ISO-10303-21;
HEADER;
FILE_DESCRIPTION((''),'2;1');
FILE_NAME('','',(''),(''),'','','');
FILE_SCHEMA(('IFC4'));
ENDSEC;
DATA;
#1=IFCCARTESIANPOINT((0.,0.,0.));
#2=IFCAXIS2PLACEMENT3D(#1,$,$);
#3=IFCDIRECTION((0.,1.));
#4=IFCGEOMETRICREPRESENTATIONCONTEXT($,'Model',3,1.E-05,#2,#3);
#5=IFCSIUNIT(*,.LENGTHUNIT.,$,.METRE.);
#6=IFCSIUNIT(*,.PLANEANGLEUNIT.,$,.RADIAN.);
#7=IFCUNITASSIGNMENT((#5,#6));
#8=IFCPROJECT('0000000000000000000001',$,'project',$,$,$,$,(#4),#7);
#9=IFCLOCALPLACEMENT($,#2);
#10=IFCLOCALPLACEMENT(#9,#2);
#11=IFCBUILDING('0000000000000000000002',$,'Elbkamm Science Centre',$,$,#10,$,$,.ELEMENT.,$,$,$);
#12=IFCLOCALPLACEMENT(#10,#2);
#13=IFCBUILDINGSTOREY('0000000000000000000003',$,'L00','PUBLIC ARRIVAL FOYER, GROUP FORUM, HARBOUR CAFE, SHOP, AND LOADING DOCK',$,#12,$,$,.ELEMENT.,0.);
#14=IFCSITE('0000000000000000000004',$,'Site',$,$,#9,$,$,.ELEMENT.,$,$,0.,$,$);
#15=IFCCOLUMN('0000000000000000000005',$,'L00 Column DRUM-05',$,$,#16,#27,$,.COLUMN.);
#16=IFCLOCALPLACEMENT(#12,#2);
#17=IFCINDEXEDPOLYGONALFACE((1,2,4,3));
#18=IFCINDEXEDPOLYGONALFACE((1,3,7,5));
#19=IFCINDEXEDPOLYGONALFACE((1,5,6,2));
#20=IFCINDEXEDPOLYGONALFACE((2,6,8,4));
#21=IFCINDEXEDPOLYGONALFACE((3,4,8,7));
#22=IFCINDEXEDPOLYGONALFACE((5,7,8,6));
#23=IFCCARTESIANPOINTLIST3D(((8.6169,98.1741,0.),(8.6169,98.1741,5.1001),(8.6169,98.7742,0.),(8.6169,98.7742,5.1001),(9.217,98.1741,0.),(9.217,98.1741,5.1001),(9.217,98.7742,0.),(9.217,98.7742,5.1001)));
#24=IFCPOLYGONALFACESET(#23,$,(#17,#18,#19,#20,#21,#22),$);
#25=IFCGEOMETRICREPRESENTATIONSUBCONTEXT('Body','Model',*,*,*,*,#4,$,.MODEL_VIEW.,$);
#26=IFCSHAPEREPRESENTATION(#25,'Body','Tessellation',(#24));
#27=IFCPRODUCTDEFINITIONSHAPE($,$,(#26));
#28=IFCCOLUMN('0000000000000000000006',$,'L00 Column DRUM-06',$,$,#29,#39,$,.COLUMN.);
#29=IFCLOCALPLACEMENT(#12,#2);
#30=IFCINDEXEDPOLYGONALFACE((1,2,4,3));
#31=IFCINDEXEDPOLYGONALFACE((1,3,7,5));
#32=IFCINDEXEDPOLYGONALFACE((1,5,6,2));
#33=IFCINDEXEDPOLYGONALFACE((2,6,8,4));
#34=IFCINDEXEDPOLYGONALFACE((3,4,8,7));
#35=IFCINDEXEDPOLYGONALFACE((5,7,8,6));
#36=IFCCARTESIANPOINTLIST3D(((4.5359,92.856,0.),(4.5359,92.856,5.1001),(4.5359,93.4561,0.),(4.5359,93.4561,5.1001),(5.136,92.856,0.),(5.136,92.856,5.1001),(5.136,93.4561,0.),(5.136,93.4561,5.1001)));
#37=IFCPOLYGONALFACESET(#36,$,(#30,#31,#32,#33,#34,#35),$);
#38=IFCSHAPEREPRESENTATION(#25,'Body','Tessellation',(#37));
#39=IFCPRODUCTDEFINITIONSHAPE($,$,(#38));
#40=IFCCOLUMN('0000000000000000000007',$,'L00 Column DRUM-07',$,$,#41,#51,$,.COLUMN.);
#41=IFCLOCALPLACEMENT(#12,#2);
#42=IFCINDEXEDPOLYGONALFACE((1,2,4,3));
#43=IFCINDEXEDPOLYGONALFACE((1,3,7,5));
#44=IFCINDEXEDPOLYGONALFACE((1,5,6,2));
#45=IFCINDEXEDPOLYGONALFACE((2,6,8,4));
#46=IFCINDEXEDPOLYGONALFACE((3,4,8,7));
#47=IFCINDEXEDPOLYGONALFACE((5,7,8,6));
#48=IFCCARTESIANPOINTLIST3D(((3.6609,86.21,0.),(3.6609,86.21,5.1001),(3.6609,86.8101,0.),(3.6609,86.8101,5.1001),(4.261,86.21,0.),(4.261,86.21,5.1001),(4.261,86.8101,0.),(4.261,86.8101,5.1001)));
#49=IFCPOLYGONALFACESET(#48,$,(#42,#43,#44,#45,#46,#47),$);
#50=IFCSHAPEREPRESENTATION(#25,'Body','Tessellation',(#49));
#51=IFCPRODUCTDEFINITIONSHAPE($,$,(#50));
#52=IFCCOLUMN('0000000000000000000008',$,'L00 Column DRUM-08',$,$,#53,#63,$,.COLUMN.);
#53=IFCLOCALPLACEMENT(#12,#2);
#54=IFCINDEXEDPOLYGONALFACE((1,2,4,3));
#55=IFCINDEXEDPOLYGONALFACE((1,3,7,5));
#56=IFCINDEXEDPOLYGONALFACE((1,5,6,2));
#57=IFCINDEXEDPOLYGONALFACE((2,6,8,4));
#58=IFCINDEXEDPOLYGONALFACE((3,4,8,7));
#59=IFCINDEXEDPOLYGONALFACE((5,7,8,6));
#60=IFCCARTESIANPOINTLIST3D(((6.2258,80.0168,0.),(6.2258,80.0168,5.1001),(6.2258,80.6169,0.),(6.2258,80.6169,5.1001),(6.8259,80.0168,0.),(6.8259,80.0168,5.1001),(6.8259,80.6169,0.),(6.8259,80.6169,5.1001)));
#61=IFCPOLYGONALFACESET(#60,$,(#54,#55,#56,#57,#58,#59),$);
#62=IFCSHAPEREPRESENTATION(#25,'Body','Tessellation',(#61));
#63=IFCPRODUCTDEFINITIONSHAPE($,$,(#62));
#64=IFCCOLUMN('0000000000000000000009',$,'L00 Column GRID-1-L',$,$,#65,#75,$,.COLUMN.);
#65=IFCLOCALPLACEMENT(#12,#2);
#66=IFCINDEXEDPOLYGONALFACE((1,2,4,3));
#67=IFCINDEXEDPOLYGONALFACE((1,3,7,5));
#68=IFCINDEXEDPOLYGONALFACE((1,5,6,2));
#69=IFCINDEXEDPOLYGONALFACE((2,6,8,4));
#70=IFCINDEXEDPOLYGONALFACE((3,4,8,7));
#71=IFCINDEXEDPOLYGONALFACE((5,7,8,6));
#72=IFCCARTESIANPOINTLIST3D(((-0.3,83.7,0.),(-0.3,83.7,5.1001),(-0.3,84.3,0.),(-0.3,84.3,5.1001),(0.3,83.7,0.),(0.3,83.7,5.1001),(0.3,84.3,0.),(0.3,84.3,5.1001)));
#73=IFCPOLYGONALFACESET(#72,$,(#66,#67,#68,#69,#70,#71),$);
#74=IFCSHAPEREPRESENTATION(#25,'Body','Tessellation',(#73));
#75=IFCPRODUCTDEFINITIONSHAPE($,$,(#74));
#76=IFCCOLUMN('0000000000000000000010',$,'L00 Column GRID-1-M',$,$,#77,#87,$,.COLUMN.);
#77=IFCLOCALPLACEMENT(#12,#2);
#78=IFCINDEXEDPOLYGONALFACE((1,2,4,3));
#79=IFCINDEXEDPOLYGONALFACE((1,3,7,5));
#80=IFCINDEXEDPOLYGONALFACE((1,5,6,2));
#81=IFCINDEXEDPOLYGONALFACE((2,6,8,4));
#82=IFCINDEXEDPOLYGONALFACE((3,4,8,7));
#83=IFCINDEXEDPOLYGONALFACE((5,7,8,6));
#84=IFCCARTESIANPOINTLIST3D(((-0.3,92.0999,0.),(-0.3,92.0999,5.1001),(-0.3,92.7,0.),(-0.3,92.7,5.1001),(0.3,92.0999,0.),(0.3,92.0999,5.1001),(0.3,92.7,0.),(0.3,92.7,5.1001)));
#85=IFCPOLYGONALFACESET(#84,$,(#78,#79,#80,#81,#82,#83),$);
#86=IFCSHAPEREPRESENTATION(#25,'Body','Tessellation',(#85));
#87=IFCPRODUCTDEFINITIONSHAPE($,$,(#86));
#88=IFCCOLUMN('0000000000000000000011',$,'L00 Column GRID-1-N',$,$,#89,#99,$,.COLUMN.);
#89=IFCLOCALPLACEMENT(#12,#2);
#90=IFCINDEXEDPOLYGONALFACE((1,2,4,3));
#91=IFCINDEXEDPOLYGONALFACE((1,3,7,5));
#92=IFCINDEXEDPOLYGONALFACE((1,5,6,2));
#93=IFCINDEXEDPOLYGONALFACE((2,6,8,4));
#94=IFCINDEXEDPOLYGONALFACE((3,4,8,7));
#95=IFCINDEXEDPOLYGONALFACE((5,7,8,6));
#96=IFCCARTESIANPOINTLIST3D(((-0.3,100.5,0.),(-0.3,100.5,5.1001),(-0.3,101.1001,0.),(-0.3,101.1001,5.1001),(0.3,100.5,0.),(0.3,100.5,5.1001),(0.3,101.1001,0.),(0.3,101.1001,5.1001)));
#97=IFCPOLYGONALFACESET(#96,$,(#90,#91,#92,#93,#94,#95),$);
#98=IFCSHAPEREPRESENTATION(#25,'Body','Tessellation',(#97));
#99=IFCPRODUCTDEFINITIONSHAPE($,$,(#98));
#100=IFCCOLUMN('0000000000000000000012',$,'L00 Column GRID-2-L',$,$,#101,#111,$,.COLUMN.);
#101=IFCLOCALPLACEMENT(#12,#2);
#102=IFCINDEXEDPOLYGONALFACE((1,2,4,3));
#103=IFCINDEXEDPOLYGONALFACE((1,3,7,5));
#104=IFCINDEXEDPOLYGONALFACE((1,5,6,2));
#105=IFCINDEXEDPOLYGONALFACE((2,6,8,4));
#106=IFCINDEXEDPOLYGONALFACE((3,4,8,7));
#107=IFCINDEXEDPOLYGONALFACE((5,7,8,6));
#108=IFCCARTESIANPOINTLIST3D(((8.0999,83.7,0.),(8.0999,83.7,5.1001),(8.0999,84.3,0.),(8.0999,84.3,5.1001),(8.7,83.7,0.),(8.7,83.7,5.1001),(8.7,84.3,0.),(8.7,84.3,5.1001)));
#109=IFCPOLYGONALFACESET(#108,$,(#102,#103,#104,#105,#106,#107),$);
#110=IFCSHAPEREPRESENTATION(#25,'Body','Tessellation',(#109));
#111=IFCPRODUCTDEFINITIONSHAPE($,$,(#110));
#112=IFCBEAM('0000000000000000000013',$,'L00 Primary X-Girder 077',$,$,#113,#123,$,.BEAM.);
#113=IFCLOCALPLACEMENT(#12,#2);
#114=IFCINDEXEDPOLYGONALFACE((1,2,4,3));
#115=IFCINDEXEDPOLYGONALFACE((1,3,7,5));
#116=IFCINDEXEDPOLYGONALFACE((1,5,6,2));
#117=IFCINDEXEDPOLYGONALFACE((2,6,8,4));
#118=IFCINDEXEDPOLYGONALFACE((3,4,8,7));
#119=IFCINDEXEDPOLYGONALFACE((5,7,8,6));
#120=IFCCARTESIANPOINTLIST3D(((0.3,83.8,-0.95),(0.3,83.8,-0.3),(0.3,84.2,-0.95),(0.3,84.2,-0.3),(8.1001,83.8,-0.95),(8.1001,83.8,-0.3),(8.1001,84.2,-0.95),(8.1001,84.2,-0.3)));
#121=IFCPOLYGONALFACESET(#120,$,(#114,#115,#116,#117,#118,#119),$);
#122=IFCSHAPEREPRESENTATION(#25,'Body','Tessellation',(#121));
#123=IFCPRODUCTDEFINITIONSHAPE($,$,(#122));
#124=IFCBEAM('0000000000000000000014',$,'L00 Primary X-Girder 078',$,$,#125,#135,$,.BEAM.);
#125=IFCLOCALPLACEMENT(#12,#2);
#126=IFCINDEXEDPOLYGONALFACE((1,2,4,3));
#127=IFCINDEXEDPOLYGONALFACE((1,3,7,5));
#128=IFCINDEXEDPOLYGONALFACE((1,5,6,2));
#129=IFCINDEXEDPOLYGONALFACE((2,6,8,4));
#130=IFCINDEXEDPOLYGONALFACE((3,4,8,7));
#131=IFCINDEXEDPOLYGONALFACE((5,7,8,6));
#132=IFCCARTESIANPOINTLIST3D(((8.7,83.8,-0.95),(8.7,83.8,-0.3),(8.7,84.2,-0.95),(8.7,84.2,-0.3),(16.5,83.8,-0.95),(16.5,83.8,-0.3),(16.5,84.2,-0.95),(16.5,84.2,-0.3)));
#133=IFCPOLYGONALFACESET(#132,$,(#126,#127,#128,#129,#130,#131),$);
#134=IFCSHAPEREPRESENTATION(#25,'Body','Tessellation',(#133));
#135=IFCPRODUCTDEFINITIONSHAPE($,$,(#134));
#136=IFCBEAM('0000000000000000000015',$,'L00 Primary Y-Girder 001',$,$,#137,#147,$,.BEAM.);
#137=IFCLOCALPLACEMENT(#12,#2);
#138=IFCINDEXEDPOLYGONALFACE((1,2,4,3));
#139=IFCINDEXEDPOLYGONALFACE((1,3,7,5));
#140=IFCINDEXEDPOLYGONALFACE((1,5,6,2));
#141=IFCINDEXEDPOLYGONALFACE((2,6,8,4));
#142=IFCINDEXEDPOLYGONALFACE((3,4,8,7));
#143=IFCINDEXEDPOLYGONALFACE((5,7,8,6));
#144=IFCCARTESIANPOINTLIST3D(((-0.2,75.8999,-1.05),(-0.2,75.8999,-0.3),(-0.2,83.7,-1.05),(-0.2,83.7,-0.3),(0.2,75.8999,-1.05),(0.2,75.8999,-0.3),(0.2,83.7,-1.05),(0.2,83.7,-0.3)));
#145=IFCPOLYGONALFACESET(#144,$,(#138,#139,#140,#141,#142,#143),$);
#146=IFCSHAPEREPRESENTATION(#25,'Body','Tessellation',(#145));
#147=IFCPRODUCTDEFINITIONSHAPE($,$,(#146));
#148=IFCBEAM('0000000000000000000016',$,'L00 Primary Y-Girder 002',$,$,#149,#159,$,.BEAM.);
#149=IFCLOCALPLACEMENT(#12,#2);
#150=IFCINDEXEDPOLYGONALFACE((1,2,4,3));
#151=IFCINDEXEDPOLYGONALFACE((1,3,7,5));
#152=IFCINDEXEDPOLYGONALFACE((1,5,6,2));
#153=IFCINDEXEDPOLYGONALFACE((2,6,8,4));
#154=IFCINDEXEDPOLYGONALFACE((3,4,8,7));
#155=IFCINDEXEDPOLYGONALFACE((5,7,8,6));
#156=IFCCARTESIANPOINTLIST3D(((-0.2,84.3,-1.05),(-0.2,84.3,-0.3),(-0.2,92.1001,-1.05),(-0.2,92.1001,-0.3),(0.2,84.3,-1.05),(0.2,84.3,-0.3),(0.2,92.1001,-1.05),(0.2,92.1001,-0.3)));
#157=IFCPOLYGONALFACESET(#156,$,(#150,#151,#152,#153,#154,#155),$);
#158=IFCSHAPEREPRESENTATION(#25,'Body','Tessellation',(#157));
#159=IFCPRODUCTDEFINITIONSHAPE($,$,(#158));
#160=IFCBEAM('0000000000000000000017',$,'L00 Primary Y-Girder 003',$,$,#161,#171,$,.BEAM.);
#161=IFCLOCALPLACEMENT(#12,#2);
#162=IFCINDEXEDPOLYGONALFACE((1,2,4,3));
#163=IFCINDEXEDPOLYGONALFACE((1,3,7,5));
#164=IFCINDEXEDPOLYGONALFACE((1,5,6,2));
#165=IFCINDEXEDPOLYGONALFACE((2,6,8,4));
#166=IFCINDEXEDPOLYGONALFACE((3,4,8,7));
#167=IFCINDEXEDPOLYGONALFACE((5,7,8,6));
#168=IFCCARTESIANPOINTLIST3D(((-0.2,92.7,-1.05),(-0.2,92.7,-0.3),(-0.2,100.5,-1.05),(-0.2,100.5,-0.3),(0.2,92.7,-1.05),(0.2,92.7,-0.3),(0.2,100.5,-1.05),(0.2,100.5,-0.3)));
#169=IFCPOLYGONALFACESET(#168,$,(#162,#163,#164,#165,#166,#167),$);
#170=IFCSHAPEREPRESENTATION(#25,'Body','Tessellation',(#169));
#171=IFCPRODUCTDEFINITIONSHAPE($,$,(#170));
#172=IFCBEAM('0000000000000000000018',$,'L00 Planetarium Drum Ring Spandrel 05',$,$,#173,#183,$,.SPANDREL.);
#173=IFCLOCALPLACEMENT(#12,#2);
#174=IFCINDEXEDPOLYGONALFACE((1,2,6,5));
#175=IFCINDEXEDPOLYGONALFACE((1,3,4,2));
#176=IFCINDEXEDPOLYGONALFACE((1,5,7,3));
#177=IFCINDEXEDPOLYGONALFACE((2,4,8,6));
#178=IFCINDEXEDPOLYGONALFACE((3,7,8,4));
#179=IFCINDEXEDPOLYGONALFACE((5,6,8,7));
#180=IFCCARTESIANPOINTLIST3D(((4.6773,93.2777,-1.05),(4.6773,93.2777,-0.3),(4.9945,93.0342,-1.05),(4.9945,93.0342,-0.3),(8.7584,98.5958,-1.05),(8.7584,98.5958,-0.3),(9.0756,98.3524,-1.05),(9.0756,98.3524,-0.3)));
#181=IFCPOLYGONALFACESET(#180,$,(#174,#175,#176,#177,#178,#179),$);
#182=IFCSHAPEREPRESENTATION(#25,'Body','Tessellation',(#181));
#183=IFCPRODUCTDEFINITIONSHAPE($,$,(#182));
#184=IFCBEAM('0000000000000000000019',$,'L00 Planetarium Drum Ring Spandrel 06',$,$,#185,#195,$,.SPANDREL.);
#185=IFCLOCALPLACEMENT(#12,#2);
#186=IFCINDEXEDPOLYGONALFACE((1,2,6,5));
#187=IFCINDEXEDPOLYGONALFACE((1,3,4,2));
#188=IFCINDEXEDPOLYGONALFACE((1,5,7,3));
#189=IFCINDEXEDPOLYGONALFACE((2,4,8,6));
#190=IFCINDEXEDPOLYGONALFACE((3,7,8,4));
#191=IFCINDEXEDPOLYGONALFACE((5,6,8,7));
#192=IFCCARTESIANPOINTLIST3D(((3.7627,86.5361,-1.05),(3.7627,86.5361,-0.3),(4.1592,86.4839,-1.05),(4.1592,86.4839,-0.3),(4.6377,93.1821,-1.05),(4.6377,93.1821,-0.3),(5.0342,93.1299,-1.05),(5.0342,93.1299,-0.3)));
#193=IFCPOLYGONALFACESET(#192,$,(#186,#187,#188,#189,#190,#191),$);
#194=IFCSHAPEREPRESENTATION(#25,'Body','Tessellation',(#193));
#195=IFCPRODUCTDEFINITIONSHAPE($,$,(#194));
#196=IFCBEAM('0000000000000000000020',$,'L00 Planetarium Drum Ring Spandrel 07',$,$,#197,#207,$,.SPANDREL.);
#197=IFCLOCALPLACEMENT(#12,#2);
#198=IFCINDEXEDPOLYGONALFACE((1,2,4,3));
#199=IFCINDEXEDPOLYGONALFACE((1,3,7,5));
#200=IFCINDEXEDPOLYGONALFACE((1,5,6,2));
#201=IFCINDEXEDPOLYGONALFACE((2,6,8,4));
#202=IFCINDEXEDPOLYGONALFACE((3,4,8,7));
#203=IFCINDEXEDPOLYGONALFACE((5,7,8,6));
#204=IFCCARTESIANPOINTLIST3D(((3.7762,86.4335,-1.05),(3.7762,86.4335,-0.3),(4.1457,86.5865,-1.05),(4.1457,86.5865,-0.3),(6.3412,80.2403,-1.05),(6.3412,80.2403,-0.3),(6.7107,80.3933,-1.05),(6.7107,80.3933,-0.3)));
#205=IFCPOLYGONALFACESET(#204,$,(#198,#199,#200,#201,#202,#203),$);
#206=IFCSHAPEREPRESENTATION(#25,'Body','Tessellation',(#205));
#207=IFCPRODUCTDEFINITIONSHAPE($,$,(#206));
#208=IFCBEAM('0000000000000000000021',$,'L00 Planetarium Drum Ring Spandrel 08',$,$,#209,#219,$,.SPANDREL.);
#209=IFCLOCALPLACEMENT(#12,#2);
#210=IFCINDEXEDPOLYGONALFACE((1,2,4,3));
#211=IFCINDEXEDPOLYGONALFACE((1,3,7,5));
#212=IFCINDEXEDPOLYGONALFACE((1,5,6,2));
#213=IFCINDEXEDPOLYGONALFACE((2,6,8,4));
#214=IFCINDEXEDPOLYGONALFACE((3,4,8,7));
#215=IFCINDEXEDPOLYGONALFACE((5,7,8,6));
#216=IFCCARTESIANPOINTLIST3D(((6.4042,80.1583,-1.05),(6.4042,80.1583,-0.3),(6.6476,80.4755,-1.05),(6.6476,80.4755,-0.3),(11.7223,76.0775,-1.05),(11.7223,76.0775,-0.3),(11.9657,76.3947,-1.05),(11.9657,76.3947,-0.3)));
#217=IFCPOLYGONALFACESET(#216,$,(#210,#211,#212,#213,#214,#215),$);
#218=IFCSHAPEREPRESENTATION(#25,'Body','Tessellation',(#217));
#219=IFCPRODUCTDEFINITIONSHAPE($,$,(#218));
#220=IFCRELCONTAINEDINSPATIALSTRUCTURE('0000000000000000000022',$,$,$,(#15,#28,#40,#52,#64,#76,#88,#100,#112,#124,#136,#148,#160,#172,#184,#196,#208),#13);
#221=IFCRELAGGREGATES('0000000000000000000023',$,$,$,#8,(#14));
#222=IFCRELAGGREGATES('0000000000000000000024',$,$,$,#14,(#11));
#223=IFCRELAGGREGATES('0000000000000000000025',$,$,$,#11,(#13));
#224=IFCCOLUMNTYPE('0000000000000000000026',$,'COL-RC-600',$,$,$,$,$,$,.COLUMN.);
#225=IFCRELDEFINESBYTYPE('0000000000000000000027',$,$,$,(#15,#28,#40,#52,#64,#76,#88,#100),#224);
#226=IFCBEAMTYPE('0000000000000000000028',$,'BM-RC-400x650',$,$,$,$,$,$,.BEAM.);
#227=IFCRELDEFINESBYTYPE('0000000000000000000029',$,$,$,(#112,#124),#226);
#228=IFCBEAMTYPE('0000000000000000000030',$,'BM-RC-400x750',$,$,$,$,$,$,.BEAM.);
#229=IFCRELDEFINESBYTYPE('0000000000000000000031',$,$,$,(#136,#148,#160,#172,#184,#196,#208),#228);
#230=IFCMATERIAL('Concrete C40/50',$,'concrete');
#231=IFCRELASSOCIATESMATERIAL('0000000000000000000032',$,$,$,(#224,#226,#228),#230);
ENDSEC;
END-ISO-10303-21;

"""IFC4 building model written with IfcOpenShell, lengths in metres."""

from ifc_helpers import new_model, si_unit, direction, frame, origin, origin_2d, place, context, subcontext, project, spatial, rectangle, extrude, material, material_profile, profile_set, type_object, element, save


model = new_model("IFC4")

# Units and contexts
model_context = context("Model", 3, precision=1e-05, world=origin(), true_north=direction((0.0, 1.0)))
body_context = subcontext(model_context, "Body", "Model", "MODEL_VIEW")
ifc_project = project(units=[si_unit("LENGTHUNIT", "METRE"), si_unit("PLANEANGLEUNIT", "RADIAN")], contexts=[model_context])

# Site, building, storey
site_placement = place(None, origin())
site = spatial("IfcSite", under=ifc_project, at=site_placement, Name="Site", CompositionType="ELEMENT", RefElevation=0.0)
building_placement = place(site_placement, origin())
building = spatial("IfcBuilding", under=site, at=building_placement, Name="Elbkamm Science Centre", CompositionType="ELEMENT")
storey_placement = place(building_placement, origin())
storey = spatial("IfcBuildingStorey", under=building, at=storey_placement, Name="L00", Description="PUBLIC ARRIVAL FOYER, GROUP FORUM, HARBOUR CAFE, SHOP, AND LOADING DOCK", CompositionType="ELEMENT", Elevation=0.0)

# Columns
ifc_material_1 = material(Name="Concrete C40/50", Category="concrete")
ifc_material_profile_1 = material_profile(ifc_material_1, rectangle(XDim=0.6001, YDim=0.6001, at=origin_2d()), Name="RC 600x600")
ifc_profile_set_1 = profile_set([ifc_material_profile_1], Name="Concrete C40/50")
column_type = type_object("IfcColumnType", Name="COL-RC-600", PredefinedType="COLUMN", material=ifc_profile_set_1)
for number, where, z_axis, x_axis, name in (
    (1, (8.917, 98.4741, 0.0), (0.0, 0.0, 1.0), (1.0, 0.0, 0.0), "L00 Column DRUM-05"),
    (2, (4.8359, 93.156, 0.0), (0.0, 0.0, 1.0), (1.0, 0.0, 0.0), "L00 Column DRUM-06"),
    (3, (3.9609, 86.51, 0.0), (0.0, 0.0, 1.0), (1.0, 0.0, 0.0), "L00 Column DRUM-07"),
    (4, (6.5259, 80.3169, 0.0), (0.0, 0.0, 1.0), (1.0, 0.0, 0.0), "L00 Column DRUM-08"),
    (5, (0.0, 84.0, 0.0), (0.0, 0.0, 1.0), (1.0, 0.0, 0.0), "L00 Column GRID-1-L"),
    (6, (0.0, 92.3999, 0.0), (0.0, 0.0, 1.0), (1.0, 0.0, 0.0), "L00 Column GRID-1-M"),
    (7, (0.0, 100.8, 0.0), (0.0, 0.0, 1.0), (1.0, 0.0, 0.0), "L00 Column GRID-1-N"),
    (8, (8.3999, 84.0, 0.0), (0.0, 0.0, 1.0), (1.0, 0.0, 0.0), "L00 Column GRID-2-L"),
):
    element("IfcColumn", number, at=place(storey_placement, frame(where, z_axis=z_axis, x_axis=x_axis)), inside=storey, type_object=column_type, Name=name, PredefinedType="COLUMN", context=body_context, shape_type="SweptSolid", body=[
        extrude(rectangle(XDim=0.6001, YDim=0.6001, at=origin_2d()), origin(), (0.0, 0.0, 1.0), 5.1001),
    ])

# Beams
ifc_material_profile_2 = material_profile(ifc_material_1, rectangle(XDim=0.3999, YDim=0.6499, at=origin_2d()), Name="RC 400x650")
ifc_profile_set_2 = profile_set([ifc_material_profile_2], Name="Concrete C40/50")
beam_type_1 = type_object("IfcBeamType", Name="BM-RC-400x650", PredefinedType="BEAM", material=ifc_profile_set_2)
for number, where, z_axis, x_axis, name in (
    (9, (0.3, 84.0, -0.625), (1.0, 0.0, 0.0), (0.0, 1.0, 0.0), "L00 Primary X-Girder 077"),
    (10, (8.7, 84.0, -0.625), (1.0, 0.0, 0.0), (0.0, 1.0, 0.0), "L00 Primary X-Girder 078"),
):
    element("IfcBeam", number, at=place(storey_placement, frame(where, z_axis=z_axis, x_axis=x_axis)), inside=storey, type_object=beam_type_1, Name=name, PredefinedType="BEAM", context=body_context, shape_type="SweptSolid", body=[
        extrude(rectangle(XDim=0.3999, YDim=0.6499, at=origin_2d()), origin(), (0.0, 0.0, 1.0), 7.8),
    ])
ifc_material_profile_3 = material_profile(ifc_material_1, rectangle(XDim=0.3999, YDim=0.75, at=origin_2d()), Name="RC 400x750")
ifc_profile_set_3 = profile_set([ifc_material_profile_3], Name="Concrete C40/50")
beam_type_2 = type_object("IfcBeamType", Name="BM-RC-400x750", PredefinedType="BEAM", material=ifc_profile_set_3)
for number, where, z_axis, x_axis, name in (
    (11, (0.0, 75.8999, -0.675), (0.0, 1.0, 0.0), (-1.0, 0.0, 0.0), "L00 Primary Y-Girder 001"),
    (12, (0.0, 84.3, -0.675), (0.0, 1.0, 0.0), (-1.0, 0.0, 0.0), "L00 Primary Y-Girder 002"),
    (13, (0.0, 92.7, -0.675), (0.0, 1.0, 0.0), (-1.0, 0.0, 0.0), "L00 Primary Y-Girder 003"),
):
    element("IfcBeam", number, at=place(storey_placement, frame(where, z_axis=z_axis, x_axis=x_axis)), inside=storey, type_object=beam_type_2, Name=name, PredefinedType="BEAM", context=body_context, shape_type="SweptSolid", body=[
        extrude(rectangle(XDim=0.3999, YDim=0.75, at=origin_2d()), origin(), (0.0, 0.0, 1.0), 7.8),
    ])
beam_placement = place(storey_placement, frame((8.917, 98.4741, -0.675), z_axis=(-0.608792, -0.79333, 0.0), x_axis=(0.79333, -0.608792, 0.0)))
element("IfcBeam", 14, at=beam_placement, inside=storey, type_object=beam_type_2, Name="L00 Planetarium Drum Ring Spandrel 05", PredefinedType="SPANDREL", context=body_context, shape_type="SweptSolid", body=[
    extrude(rectangle(XDim=0.3999, YDim=0.75, at=origin_2d()), origin(), (0.0, 0.0, 1.0), 6.7036),
])
for number, where, z_axis, x_axis, name in (
    (15, (4.8359, 93.156, -0.675), (-0.130532, -0.991444, 0.0), (0.991444, -0.130532, 0.0), "L00 Planetarium Drum Ring Spandrel 06"),
    (16, (3.9609, 86.51, -0.675), (0.382641, -0.923897, 0.0), (0.923897, 0.382641, 0.0), "L00 Planetarium Drum Ring Spandrel 07"),
    (17, (6.5259, 80.3169, -0.675), (0.793348, -0.608769, 0.0), (0.608769, 0.793348, 0.0), "L00 Planetarium Drum Ring Spandrel 08"),
):
    element("IfcBeam", number, at=place(storey_placement, frame(where, z_axis=z_axis, x_axis=x_axis)), inside=storey, type_object=beam_type_2, Name=name, PredefinedType="SPANDREL", context=body_context, shape_type="SweptSolid", body=[
        extrude(rectangle(XDim=0.3999, YDim=0.75, at=origin_2d()), origin(), (0.0, 0.0, 1.0), 6.7034),
    ])

save(model, "model.ifc")
